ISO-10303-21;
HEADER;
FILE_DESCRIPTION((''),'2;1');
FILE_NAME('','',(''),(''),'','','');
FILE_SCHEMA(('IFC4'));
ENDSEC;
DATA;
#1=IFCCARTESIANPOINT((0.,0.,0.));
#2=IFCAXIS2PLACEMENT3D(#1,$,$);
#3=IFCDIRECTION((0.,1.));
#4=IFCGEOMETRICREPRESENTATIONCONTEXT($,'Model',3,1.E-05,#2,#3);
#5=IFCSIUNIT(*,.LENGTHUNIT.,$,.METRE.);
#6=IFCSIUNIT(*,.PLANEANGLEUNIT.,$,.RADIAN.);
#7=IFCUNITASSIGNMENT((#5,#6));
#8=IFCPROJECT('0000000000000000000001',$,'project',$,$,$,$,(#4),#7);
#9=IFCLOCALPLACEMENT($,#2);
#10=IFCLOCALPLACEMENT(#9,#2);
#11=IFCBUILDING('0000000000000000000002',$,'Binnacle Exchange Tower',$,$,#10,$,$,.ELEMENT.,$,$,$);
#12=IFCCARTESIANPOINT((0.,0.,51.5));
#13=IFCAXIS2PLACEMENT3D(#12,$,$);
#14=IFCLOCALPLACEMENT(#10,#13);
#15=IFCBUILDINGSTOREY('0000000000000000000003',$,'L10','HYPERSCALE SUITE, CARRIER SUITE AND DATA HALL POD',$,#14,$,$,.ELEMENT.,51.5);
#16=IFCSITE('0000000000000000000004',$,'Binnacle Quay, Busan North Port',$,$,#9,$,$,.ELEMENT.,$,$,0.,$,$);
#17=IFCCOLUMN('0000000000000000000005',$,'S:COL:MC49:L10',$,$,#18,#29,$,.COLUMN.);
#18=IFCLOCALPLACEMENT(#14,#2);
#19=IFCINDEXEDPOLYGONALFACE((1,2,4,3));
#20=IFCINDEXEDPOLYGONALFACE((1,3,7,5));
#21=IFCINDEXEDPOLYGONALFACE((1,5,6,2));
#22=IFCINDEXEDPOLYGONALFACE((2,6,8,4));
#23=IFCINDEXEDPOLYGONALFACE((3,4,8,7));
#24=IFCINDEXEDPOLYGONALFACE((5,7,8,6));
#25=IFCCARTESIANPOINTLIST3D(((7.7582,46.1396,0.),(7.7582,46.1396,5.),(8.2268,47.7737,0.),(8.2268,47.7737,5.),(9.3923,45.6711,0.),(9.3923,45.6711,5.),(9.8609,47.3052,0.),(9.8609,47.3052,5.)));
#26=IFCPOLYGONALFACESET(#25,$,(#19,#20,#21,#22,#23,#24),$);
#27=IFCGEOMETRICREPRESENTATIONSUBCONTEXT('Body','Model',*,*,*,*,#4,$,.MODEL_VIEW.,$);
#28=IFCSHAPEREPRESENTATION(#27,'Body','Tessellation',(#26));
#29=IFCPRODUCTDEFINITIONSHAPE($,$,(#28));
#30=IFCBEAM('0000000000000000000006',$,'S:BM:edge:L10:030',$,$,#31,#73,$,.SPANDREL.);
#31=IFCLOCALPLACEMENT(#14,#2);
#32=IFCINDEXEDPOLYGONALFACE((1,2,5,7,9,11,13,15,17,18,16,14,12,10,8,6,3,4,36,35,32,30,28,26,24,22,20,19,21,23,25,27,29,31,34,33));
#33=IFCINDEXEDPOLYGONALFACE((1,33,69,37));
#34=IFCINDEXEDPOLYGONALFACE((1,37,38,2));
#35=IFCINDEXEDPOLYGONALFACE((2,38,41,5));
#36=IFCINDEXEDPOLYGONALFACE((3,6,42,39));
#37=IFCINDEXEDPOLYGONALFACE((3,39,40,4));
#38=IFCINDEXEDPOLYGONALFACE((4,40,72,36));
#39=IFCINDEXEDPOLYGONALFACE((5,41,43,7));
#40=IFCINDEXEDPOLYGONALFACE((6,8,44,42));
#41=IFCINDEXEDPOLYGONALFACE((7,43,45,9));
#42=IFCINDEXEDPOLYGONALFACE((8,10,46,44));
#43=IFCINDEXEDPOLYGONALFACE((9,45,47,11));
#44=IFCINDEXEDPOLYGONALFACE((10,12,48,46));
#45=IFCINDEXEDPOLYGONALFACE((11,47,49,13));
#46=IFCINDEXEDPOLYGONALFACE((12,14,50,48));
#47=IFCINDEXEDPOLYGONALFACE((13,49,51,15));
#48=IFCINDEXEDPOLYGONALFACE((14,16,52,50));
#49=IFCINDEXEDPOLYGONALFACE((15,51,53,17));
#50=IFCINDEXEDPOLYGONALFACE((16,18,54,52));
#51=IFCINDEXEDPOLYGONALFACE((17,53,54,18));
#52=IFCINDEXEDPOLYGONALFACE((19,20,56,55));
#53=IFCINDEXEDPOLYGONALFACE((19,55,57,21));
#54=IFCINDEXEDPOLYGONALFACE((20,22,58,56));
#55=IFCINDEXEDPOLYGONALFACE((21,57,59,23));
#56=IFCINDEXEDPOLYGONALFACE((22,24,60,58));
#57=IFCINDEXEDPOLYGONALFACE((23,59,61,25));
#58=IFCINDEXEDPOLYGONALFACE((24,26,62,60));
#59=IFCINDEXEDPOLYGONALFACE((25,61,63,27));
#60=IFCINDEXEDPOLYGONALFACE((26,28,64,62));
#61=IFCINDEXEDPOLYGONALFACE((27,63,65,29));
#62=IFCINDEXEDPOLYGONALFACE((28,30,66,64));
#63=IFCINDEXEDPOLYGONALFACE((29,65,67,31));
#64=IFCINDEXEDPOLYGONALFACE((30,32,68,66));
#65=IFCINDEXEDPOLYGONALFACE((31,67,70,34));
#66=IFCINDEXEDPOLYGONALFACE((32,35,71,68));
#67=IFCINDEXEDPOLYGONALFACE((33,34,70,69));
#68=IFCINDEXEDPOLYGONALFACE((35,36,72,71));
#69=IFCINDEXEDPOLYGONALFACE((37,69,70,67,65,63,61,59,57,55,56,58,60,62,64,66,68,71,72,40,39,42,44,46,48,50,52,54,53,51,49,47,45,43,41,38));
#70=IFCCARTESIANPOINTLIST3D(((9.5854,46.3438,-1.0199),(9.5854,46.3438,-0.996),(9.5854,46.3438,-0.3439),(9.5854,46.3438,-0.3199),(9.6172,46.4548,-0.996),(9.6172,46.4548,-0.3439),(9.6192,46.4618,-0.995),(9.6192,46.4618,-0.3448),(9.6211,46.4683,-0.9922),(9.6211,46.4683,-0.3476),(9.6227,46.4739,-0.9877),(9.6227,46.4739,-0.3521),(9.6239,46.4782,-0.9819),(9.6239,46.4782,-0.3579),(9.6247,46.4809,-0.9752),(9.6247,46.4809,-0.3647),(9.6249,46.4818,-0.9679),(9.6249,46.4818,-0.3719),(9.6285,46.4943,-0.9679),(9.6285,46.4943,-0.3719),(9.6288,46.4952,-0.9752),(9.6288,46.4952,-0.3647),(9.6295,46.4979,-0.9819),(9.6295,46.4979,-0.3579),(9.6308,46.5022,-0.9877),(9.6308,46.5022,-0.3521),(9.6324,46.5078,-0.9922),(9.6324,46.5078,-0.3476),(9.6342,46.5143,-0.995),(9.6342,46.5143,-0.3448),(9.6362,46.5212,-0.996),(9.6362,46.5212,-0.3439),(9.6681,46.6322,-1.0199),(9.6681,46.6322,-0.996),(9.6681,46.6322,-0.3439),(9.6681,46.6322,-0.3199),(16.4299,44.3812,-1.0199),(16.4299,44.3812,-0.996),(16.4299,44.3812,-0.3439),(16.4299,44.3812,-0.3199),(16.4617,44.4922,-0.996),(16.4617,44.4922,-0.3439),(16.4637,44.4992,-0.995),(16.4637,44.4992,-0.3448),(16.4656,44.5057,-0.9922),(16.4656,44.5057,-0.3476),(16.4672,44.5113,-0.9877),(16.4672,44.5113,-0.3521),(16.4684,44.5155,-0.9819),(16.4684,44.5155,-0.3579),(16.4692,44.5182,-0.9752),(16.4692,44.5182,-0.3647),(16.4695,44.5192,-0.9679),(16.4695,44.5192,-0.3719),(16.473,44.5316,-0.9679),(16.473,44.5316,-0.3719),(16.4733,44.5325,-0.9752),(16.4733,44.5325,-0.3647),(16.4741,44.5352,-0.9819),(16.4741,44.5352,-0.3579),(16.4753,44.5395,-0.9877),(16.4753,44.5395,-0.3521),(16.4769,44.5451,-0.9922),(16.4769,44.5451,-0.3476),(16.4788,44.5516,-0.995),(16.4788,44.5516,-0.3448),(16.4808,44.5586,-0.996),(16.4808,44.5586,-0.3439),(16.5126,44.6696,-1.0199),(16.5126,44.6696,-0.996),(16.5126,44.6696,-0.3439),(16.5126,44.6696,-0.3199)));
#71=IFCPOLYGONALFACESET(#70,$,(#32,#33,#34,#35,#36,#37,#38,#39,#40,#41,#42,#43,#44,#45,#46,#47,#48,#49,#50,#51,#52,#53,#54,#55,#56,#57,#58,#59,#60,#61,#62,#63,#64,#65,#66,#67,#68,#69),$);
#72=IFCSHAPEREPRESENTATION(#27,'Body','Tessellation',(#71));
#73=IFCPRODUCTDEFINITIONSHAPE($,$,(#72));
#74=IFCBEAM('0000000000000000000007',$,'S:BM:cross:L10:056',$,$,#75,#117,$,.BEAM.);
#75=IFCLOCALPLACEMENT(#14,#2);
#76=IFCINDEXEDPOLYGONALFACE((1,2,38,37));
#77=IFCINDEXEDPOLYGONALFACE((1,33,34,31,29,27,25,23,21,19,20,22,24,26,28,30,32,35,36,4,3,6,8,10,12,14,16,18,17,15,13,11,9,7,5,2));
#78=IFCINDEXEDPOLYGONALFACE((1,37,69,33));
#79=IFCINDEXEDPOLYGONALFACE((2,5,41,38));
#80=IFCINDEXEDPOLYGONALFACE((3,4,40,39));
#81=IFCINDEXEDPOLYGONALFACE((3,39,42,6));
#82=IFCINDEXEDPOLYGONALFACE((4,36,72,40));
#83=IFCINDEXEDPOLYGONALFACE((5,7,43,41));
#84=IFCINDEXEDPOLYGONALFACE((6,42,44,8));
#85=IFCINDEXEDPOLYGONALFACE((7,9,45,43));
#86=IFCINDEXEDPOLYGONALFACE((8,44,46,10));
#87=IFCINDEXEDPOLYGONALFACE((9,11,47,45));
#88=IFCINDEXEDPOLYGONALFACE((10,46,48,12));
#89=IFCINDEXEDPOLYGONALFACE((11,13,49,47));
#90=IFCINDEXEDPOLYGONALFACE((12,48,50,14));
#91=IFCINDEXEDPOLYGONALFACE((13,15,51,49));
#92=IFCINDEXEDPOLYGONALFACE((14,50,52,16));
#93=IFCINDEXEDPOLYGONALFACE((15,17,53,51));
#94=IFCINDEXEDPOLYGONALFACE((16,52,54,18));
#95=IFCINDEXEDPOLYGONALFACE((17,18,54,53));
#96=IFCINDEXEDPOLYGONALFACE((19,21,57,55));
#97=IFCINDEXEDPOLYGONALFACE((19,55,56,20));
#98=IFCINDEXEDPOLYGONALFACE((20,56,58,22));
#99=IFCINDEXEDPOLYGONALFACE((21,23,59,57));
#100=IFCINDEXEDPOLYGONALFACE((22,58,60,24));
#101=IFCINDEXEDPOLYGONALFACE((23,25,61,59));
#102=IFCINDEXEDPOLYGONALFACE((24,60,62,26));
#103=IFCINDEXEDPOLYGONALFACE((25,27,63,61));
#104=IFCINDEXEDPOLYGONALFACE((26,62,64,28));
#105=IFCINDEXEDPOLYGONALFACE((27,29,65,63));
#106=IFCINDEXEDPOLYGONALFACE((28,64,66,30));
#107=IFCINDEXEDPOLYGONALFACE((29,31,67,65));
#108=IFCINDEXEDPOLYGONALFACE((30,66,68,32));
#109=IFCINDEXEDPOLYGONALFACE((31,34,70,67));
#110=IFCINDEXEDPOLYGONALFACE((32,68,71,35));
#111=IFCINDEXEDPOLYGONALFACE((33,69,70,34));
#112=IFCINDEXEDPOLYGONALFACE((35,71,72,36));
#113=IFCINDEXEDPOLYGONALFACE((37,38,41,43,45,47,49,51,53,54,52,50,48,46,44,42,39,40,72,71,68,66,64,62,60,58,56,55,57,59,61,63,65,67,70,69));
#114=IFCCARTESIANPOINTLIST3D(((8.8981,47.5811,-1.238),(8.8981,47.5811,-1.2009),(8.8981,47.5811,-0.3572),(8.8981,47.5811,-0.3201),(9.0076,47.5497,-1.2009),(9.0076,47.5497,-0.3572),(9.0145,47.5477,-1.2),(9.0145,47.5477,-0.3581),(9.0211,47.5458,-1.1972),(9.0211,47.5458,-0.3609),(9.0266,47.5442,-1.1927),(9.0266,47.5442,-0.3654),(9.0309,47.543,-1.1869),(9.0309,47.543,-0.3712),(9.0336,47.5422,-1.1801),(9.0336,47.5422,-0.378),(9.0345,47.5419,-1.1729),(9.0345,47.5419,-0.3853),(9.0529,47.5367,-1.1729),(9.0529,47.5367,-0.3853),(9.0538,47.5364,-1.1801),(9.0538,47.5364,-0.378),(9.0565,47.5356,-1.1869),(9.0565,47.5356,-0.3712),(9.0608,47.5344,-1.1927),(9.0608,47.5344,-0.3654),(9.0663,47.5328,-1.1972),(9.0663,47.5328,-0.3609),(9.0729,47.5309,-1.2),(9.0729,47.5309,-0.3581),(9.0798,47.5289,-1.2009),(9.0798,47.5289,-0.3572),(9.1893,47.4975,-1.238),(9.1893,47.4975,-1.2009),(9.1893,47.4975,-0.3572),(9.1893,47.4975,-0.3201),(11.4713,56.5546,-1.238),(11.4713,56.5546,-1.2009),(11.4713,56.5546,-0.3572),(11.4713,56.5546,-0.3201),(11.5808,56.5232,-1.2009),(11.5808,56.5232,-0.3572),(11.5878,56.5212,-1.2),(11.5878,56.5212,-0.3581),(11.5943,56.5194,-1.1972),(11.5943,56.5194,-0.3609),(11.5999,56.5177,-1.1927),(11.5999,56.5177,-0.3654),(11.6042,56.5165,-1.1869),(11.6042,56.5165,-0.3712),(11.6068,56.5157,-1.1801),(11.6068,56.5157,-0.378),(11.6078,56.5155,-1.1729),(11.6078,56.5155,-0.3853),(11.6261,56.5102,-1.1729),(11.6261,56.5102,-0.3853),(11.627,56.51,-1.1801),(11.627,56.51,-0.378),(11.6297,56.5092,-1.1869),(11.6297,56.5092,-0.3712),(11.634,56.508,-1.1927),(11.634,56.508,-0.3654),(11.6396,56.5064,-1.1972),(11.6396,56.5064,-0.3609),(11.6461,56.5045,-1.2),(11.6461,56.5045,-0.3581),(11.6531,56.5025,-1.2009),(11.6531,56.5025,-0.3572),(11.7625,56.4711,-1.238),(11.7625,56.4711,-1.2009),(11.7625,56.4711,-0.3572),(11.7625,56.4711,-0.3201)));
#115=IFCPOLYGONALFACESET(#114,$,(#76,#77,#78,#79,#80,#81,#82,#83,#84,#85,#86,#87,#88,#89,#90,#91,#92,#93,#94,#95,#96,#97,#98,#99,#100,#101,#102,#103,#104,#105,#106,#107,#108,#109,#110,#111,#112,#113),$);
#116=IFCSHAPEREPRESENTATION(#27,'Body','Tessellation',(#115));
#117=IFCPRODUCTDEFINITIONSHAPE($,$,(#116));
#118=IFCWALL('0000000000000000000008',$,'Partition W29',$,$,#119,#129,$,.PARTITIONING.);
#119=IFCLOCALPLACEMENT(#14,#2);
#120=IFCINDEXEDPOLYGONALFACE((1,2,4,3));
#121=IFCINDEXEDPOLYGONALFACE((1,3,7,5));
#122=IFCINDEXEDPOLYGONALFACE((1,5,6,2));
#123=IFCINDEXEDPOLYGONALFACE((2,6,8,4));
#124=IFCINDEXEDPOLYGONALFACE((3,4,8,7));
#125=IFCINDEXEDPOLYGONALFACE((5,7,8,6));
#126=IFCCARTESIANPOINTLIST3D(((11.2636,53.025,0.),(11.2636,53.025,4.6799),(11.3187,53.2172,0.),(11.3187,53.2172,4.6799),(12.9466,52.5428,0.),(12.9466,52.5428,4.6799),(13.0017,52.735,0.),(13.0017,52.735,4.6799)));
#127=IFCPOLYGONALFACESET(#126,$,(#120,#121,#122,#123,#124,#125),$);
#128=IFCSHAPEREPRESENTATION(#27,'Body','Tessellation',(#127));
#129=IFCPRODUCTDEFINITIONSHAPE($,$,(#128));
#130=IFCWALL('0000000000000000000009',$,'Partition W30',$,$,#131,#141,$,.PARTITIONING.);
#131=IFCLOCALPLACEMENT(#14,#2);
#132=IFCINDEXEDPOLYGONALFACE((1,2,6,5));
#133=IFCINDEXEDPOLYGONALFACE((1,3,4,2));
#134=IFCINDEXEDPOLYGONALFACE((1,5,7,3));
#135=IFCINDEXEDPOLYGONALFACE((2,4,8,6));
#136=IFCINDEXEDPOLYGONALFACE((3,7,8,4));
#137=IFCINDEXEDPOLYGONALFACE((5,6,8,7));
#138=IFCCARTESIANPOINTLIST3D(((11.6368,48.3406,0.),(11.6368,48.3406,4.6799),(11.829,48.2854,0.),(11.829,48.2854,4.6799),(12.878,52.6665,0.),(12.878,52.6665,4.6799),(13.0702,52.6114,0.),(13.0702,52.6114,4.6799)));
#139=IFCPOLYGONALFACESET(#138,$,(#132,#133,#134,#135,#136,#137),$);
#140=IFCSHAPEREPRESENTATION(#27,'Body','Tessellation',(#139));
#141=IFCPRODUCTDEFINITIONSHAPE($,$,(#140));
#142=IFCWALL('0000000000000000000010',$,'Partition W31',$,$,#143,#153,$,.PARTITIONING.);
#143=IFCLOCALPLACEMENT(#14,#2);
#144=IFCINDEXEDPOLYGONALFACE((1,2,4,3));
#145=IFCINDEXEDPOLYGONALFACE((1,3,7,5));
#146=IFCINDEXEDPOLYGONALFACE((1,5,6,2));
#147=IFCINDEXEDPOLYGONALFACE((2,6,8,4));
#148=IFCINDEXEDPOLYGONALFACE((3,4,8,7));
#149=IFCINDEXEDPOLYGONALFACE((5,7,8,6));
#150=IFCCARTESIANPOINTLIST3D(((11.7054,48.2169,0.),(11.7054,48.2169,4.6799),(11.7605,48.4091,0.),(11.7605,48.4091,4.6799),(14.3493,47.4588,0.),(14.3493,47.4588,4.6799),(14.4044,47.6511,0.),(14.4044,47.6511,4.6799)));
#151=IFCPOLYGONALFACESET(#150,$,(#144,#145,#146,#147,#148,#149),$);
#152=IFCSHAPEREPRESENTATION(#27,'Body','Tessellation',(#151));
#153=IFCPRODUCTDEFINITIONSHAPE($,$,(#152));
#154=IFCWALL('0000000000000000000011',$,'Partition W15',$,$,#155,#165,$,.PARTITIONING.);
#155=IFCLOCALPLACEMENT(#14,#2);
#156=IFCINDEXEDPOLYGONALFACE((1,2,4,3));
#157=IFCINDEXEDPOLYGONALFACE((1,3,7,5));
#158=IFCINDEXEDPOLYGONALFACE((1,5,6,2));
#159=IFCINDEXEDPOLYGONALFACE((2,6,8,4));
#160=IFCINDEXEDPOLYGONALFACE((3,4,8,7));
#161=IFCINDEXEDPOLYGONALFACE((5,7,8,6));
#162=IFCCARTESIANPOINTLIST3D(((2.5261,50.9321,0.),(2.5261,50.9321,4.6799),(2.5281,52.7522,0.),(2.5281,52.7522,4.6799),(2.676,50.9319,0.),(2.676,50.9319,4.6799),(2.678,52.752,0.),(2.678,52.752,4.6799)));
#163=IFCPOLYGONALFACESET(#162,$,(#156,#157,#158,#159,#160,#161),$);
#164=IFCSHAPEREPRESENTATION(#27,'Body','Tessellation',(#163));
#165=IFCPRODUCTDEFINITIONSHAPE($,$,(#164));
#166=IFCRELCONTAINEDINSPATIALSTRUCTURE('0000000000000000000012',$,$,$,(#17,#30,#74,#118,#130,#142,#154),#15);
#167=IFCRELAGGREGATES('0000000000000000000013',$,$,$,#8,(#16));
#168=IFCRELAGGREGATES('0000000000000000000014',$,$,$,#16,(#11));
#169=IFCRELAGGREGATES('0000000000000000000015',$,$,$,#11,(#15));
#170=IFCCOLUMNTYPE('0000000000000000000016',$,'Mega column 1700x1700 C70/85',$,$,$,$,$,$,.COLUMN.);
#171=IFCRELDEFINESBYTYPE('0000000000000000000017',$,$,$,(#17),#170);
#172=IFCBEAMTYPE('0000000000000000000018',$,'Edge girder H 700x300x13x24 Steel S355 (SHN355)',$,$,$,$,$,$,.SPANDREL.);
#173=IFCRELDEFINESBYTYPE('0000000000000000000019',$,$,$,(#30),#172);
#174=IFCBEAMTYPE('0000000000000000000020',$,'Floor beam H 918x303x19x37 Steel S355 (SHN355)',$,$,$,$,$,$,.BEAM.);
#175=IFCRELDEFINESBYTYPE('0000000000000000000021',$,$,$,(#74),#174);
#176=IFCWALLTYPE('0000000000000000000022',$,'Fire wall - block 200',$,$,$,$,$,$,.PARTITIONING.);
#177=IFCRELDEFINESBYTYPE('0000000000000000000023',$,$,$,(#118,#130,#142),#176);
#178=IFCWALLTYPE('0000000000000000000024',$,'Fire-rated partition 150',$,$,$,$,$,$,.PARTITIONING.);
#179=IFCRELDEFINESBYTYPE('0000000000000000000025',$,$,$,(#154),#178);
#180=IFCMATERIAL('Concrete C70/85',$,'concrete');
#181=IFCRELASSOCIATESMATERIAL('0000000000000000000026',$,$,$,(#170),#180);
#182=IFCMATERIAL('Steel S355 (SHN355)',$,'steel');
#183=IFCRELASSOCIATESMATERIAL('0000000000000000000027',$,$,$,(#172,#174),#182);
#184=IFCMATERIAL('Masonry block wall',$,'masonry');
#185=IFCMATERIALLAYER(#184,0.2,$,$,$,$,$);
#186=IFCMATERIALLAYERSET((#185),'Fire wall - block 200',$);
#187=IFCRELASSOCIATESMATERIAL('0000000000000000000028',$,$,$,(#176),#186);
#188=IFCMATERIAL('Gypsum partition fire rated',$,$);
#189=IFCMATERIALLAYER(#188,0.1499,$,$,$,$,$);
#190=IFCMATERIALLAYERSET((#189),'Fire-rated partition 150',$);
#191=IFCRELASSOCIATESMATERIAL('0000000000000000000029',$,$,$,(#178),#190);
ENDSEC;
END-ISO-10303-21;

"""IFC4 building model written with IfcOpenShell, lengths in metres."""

from ifc_helpers import new_model, si_unit, direction, frame, frame_2d, origin, origin_2d, place, context, subcontext, project, spatial, rectangle, i_section, extrude, material, layer, layer_set, material_profile, profile_set, type_object, element, save


model = new_model("IFC4")

# Units and contexts
model_context = context("Model", 3, precision=1e-05, world=origin(), true_north=direction((0.0, 1.0)))
body_context = subcontext(model_context, "Body", "Model", "MODEL_VIEW")
ifc_project = project(units=[si_unit("LENGTHUNIT", "METRE"), si_unit("PLANEANGLEUNIT", "RADIAN")], contexts=[model_context])

# Site, building, storey
site_placement = place(None, origin())
site = spatial("IfcSite", under=ifc_project, at=site_placement, Name="Binnacle Quay, Busan North Port", CompositionType="ELEMENT", RefElevation=0.0)
building_placement = place(site_placement, origin())
building = spatial("IfcBuilding", under=site, at=building_placement, Name="Binnacle Exchange Tower", CompositionType="ELEMENT")
storey_placement = place(building_placement, frame((0.0, 0.0, 51.5)))
storey = spatial("IfcBuildingStorey", under=building, at=storey_placement, Name="L10", Description="HYPERSCALE SUITE, CARRIER SUITE AND DATA HALL POD", CompositionType="ELEMENT", Elevation=51.5)

# Column
ifc_material_1 = material(Name="Concrete C70/85", Category="concrete")
ifc_material_profile_1 = material_profile(ifc_material_1, rectangle(XDim=1.7, YDim=1.7, at=origin_2d()), Name="Mega column 1700x1700 C70/85")
ifc_profile_set_1 = profile_set([ifc_material_profile_1], Name="Concrete C70/85")
column_type = type_object("IfcColumnType", Name="Mega column 1700x1700 C70/85", PredefinedType="COLUMN", material=ifc_profile_set_1)
column_placement = place(storey_placement, frame((8.8096, 46.7224, 0.0), z_axis=(0.0, 0.0, 1.0), x_axis=(0.961262, -0.275637, 0.0)))
element("IfcColumn", 1, at=column_placement, inside=storey, type_object=column_type, Name="S:COL:MC49:L10", PredefinedType="COLUMN", context=body_context, shape_type="SweptSolid", body=[
    extrude(rectangle(XDim=1.7, YDim=1.7, at=origin_2d()), origin(), (0.0, 0.0, 1.0), 5.0),
])

# Beams
ifc_material_2 = material(Name="Steel S355 (SHN355)", Category="steel")
ifc_material_profile_2 = material_profile(ifc_material_2, i_section(OverallWidth=0.3, OverallDepth=0.7, WebThickness=0.0129, FlangeThickness=0.0239, FilletRadius=0.0281, at=origin_2d()), Name="H 700x300x13x24")
ifc_profile_set_2 = profile_set([ifc_material_profile_2], Name="Steel S355 (SHN355)")
beam_type_1 = type_object("IfcBeamType", Name="Edge girder H 700x300x13x24 Steel S355 (SHN355)", PredefinedType="SPANDREL", material=ifc_profile_set_2)
beam_1_placement = place(storey_placement, frame((9.6267, 46.488, -0.6699), z_axis=(0.961261, -0.27564, 0.0), x_axis=(0.27564, 0.961261, 0.0)))
element("IfcBeam", 2, at=beam_1_placement, inside=storey, type_object=beam_type_1, Name="S:BM:edge:L10:030", PredefinedType="SPANDREL", context=body_context, shape_type="SweptSolid", body=[
    extrude(i_section(OverallWidth=0.3, OverallDepth=0.7, WebThickness=0.0129, FlangeThickness=0.0239, FilletRadius=0.0281, at=origin_2d()), origin(), (0.0, 0.0, 1.0), 7.1204),
])
ifc_material_profile_3 = material_profile(ifc_material_2, i_section(OverallWidth=0.303, OverallDepth=0.918, WebThickness=0.019, FlangeThickness=0.0371, FilletRadius=0.0281, at=origin_2d()), Name="H 918x303x19x37")
ifc_profile_set_3 = profile_set([ifc_material_profile_3], Name="Steel S355 (SHN355)")
beam_type_2 = type_object("IfcBeamType", Name="Floor beam H 918x303x19x37 Steel S355 (SHN355)", PredefinedType="BEAM", material=ifc_profile_set_3)
beam_2_placement = place(storey_placement, frame((9.0437, 47.5393, -0.7791), z_axis=(0.275647, 0.961259, 0.0), x_axis=(-0.961259, 0.275647, 0.0)))
element("IfcBeam", 3, at=beam_2_placement, inside=storey, type_object=beam_type_2, Name="S:BM:cross:L10:056", PredefinedType="BEAM", context=body_context, shape_type="SweptSolid", body=[
    extrude(i_section(OverallWidth=0.303, OverallDepth=0.918, WebThickness=0.019, FlangeThickness=0.0371, FilletRadius=0.0281, at=origin_2d()), origin(), (0.0, 0.0, 1.0), 9.3352),
])

# Walls
ifc_material_3 = material(Name="Masonry block wall", Category="masonry")
ifc_layer_1 = layer(ifc_material_3, 0.2)
ifc_layer_set_1 = layer_set([ifc_layer_1], Name="Fire wall - block 200")
wall_type_1 = type_object("IfcWallType", Name="Fire wall - block 200", PredefinedType="PARTITIONING", material=ifc_layer_set_1)
wall_1_placement = place(storey_placement, frame((11.291, 53.1211, 0.0), z_axis=(0.0, 0.0, 1.0), x_axis=(0.961329, -0.275402, 0.0)))
element("IfcWall", 4, at=wall_1_placement, inside=storey, type_object=wall_type_1, Name="Partition W29", PredefinedType="PARTITIONING", context=body_context, shape_type="SweptSolid", body=[
    extrude(rectangle(XDim=1.7507, YDim=0.2, at=frame_2d((0.8755, 0.0))), origin(), (0.0, 0.0, 1.0), 4.6799),
])
wall_2_placement = place(storey_placement, frame((11.7329, 48.313, 0.0), z_axis=(0.0, 0.0, 1.0), x_axis=(0.275796, 0.961216, 0.0)))
element("IfcWall", 5, at=wall_2_placement, inside=storey, type_object=wall_type_1, Name="Partition W30", PredefinedType="PARTITIONING", context=body_context, shape_type="SweptSolid", body=[
    extrude(rectangle(XDim=4.5005, YDim=0.2, at=frame_2d((2.2502, 0.0))), origin(), (0.0, 0.0, 1.0), 4.6799),
])
wall_3_placement = place(storey_placement, frame((11.7329, 48.313, 0.0), z_axis=(0.0, 0.0, 1.0), x_axis=(0.961272, -0.2756, 0.0)))
element("IfcWall", 6, at=wall_3_placement, inside=storey, type_object=wall_type_1, Name="Partition W31", PredefinedType="PARTITIONING", context=body_context, shape_type="SweptSolid", body=[
    extrude(rectangle(XDim=2.7505, YDim=0.2, at=frame_2d((1.3752, 0.0))), origin(), (0.0, 0.0, 1.0), 4.6799),
])
ifc_material_4 = material(Name="Gypsum partition fire rated")
ifc_layer_2 = layer(ifc_material_4, 0.1499)
ifc_layer_set_2 = layer_set([ifc_layer_2], Name="Fire-rated partition 150")
wall_type_2 = type_object("IfcWallType", Name="Fire-rated partition 150", PredefinedType="PARTITIONING", material=ifc_layer_set_2)
wall_4_placement = place(storey_placement, frame((2.6011, 50.9319, 0.0), z_axis=(0.0, 0.0, 1.0), x_axis=(0.001073, 0.999999, 0.0)))
element("IfcWall", 7, at=wall_4_placement, inside=storey, type_object=wall_type_2, Name="Partition W15", PredefinedType="PARTITIONING", context=body_context, shape_type="SweptSolid", body=[
    extrude(rectangle(XDim=1.8201, YDim=0.1499, at=frame_2d((0.9102, 0.0))), origin(), (0.0, 0.0, 1.0), 4.6799),
])

save(model, "model.ifc")
